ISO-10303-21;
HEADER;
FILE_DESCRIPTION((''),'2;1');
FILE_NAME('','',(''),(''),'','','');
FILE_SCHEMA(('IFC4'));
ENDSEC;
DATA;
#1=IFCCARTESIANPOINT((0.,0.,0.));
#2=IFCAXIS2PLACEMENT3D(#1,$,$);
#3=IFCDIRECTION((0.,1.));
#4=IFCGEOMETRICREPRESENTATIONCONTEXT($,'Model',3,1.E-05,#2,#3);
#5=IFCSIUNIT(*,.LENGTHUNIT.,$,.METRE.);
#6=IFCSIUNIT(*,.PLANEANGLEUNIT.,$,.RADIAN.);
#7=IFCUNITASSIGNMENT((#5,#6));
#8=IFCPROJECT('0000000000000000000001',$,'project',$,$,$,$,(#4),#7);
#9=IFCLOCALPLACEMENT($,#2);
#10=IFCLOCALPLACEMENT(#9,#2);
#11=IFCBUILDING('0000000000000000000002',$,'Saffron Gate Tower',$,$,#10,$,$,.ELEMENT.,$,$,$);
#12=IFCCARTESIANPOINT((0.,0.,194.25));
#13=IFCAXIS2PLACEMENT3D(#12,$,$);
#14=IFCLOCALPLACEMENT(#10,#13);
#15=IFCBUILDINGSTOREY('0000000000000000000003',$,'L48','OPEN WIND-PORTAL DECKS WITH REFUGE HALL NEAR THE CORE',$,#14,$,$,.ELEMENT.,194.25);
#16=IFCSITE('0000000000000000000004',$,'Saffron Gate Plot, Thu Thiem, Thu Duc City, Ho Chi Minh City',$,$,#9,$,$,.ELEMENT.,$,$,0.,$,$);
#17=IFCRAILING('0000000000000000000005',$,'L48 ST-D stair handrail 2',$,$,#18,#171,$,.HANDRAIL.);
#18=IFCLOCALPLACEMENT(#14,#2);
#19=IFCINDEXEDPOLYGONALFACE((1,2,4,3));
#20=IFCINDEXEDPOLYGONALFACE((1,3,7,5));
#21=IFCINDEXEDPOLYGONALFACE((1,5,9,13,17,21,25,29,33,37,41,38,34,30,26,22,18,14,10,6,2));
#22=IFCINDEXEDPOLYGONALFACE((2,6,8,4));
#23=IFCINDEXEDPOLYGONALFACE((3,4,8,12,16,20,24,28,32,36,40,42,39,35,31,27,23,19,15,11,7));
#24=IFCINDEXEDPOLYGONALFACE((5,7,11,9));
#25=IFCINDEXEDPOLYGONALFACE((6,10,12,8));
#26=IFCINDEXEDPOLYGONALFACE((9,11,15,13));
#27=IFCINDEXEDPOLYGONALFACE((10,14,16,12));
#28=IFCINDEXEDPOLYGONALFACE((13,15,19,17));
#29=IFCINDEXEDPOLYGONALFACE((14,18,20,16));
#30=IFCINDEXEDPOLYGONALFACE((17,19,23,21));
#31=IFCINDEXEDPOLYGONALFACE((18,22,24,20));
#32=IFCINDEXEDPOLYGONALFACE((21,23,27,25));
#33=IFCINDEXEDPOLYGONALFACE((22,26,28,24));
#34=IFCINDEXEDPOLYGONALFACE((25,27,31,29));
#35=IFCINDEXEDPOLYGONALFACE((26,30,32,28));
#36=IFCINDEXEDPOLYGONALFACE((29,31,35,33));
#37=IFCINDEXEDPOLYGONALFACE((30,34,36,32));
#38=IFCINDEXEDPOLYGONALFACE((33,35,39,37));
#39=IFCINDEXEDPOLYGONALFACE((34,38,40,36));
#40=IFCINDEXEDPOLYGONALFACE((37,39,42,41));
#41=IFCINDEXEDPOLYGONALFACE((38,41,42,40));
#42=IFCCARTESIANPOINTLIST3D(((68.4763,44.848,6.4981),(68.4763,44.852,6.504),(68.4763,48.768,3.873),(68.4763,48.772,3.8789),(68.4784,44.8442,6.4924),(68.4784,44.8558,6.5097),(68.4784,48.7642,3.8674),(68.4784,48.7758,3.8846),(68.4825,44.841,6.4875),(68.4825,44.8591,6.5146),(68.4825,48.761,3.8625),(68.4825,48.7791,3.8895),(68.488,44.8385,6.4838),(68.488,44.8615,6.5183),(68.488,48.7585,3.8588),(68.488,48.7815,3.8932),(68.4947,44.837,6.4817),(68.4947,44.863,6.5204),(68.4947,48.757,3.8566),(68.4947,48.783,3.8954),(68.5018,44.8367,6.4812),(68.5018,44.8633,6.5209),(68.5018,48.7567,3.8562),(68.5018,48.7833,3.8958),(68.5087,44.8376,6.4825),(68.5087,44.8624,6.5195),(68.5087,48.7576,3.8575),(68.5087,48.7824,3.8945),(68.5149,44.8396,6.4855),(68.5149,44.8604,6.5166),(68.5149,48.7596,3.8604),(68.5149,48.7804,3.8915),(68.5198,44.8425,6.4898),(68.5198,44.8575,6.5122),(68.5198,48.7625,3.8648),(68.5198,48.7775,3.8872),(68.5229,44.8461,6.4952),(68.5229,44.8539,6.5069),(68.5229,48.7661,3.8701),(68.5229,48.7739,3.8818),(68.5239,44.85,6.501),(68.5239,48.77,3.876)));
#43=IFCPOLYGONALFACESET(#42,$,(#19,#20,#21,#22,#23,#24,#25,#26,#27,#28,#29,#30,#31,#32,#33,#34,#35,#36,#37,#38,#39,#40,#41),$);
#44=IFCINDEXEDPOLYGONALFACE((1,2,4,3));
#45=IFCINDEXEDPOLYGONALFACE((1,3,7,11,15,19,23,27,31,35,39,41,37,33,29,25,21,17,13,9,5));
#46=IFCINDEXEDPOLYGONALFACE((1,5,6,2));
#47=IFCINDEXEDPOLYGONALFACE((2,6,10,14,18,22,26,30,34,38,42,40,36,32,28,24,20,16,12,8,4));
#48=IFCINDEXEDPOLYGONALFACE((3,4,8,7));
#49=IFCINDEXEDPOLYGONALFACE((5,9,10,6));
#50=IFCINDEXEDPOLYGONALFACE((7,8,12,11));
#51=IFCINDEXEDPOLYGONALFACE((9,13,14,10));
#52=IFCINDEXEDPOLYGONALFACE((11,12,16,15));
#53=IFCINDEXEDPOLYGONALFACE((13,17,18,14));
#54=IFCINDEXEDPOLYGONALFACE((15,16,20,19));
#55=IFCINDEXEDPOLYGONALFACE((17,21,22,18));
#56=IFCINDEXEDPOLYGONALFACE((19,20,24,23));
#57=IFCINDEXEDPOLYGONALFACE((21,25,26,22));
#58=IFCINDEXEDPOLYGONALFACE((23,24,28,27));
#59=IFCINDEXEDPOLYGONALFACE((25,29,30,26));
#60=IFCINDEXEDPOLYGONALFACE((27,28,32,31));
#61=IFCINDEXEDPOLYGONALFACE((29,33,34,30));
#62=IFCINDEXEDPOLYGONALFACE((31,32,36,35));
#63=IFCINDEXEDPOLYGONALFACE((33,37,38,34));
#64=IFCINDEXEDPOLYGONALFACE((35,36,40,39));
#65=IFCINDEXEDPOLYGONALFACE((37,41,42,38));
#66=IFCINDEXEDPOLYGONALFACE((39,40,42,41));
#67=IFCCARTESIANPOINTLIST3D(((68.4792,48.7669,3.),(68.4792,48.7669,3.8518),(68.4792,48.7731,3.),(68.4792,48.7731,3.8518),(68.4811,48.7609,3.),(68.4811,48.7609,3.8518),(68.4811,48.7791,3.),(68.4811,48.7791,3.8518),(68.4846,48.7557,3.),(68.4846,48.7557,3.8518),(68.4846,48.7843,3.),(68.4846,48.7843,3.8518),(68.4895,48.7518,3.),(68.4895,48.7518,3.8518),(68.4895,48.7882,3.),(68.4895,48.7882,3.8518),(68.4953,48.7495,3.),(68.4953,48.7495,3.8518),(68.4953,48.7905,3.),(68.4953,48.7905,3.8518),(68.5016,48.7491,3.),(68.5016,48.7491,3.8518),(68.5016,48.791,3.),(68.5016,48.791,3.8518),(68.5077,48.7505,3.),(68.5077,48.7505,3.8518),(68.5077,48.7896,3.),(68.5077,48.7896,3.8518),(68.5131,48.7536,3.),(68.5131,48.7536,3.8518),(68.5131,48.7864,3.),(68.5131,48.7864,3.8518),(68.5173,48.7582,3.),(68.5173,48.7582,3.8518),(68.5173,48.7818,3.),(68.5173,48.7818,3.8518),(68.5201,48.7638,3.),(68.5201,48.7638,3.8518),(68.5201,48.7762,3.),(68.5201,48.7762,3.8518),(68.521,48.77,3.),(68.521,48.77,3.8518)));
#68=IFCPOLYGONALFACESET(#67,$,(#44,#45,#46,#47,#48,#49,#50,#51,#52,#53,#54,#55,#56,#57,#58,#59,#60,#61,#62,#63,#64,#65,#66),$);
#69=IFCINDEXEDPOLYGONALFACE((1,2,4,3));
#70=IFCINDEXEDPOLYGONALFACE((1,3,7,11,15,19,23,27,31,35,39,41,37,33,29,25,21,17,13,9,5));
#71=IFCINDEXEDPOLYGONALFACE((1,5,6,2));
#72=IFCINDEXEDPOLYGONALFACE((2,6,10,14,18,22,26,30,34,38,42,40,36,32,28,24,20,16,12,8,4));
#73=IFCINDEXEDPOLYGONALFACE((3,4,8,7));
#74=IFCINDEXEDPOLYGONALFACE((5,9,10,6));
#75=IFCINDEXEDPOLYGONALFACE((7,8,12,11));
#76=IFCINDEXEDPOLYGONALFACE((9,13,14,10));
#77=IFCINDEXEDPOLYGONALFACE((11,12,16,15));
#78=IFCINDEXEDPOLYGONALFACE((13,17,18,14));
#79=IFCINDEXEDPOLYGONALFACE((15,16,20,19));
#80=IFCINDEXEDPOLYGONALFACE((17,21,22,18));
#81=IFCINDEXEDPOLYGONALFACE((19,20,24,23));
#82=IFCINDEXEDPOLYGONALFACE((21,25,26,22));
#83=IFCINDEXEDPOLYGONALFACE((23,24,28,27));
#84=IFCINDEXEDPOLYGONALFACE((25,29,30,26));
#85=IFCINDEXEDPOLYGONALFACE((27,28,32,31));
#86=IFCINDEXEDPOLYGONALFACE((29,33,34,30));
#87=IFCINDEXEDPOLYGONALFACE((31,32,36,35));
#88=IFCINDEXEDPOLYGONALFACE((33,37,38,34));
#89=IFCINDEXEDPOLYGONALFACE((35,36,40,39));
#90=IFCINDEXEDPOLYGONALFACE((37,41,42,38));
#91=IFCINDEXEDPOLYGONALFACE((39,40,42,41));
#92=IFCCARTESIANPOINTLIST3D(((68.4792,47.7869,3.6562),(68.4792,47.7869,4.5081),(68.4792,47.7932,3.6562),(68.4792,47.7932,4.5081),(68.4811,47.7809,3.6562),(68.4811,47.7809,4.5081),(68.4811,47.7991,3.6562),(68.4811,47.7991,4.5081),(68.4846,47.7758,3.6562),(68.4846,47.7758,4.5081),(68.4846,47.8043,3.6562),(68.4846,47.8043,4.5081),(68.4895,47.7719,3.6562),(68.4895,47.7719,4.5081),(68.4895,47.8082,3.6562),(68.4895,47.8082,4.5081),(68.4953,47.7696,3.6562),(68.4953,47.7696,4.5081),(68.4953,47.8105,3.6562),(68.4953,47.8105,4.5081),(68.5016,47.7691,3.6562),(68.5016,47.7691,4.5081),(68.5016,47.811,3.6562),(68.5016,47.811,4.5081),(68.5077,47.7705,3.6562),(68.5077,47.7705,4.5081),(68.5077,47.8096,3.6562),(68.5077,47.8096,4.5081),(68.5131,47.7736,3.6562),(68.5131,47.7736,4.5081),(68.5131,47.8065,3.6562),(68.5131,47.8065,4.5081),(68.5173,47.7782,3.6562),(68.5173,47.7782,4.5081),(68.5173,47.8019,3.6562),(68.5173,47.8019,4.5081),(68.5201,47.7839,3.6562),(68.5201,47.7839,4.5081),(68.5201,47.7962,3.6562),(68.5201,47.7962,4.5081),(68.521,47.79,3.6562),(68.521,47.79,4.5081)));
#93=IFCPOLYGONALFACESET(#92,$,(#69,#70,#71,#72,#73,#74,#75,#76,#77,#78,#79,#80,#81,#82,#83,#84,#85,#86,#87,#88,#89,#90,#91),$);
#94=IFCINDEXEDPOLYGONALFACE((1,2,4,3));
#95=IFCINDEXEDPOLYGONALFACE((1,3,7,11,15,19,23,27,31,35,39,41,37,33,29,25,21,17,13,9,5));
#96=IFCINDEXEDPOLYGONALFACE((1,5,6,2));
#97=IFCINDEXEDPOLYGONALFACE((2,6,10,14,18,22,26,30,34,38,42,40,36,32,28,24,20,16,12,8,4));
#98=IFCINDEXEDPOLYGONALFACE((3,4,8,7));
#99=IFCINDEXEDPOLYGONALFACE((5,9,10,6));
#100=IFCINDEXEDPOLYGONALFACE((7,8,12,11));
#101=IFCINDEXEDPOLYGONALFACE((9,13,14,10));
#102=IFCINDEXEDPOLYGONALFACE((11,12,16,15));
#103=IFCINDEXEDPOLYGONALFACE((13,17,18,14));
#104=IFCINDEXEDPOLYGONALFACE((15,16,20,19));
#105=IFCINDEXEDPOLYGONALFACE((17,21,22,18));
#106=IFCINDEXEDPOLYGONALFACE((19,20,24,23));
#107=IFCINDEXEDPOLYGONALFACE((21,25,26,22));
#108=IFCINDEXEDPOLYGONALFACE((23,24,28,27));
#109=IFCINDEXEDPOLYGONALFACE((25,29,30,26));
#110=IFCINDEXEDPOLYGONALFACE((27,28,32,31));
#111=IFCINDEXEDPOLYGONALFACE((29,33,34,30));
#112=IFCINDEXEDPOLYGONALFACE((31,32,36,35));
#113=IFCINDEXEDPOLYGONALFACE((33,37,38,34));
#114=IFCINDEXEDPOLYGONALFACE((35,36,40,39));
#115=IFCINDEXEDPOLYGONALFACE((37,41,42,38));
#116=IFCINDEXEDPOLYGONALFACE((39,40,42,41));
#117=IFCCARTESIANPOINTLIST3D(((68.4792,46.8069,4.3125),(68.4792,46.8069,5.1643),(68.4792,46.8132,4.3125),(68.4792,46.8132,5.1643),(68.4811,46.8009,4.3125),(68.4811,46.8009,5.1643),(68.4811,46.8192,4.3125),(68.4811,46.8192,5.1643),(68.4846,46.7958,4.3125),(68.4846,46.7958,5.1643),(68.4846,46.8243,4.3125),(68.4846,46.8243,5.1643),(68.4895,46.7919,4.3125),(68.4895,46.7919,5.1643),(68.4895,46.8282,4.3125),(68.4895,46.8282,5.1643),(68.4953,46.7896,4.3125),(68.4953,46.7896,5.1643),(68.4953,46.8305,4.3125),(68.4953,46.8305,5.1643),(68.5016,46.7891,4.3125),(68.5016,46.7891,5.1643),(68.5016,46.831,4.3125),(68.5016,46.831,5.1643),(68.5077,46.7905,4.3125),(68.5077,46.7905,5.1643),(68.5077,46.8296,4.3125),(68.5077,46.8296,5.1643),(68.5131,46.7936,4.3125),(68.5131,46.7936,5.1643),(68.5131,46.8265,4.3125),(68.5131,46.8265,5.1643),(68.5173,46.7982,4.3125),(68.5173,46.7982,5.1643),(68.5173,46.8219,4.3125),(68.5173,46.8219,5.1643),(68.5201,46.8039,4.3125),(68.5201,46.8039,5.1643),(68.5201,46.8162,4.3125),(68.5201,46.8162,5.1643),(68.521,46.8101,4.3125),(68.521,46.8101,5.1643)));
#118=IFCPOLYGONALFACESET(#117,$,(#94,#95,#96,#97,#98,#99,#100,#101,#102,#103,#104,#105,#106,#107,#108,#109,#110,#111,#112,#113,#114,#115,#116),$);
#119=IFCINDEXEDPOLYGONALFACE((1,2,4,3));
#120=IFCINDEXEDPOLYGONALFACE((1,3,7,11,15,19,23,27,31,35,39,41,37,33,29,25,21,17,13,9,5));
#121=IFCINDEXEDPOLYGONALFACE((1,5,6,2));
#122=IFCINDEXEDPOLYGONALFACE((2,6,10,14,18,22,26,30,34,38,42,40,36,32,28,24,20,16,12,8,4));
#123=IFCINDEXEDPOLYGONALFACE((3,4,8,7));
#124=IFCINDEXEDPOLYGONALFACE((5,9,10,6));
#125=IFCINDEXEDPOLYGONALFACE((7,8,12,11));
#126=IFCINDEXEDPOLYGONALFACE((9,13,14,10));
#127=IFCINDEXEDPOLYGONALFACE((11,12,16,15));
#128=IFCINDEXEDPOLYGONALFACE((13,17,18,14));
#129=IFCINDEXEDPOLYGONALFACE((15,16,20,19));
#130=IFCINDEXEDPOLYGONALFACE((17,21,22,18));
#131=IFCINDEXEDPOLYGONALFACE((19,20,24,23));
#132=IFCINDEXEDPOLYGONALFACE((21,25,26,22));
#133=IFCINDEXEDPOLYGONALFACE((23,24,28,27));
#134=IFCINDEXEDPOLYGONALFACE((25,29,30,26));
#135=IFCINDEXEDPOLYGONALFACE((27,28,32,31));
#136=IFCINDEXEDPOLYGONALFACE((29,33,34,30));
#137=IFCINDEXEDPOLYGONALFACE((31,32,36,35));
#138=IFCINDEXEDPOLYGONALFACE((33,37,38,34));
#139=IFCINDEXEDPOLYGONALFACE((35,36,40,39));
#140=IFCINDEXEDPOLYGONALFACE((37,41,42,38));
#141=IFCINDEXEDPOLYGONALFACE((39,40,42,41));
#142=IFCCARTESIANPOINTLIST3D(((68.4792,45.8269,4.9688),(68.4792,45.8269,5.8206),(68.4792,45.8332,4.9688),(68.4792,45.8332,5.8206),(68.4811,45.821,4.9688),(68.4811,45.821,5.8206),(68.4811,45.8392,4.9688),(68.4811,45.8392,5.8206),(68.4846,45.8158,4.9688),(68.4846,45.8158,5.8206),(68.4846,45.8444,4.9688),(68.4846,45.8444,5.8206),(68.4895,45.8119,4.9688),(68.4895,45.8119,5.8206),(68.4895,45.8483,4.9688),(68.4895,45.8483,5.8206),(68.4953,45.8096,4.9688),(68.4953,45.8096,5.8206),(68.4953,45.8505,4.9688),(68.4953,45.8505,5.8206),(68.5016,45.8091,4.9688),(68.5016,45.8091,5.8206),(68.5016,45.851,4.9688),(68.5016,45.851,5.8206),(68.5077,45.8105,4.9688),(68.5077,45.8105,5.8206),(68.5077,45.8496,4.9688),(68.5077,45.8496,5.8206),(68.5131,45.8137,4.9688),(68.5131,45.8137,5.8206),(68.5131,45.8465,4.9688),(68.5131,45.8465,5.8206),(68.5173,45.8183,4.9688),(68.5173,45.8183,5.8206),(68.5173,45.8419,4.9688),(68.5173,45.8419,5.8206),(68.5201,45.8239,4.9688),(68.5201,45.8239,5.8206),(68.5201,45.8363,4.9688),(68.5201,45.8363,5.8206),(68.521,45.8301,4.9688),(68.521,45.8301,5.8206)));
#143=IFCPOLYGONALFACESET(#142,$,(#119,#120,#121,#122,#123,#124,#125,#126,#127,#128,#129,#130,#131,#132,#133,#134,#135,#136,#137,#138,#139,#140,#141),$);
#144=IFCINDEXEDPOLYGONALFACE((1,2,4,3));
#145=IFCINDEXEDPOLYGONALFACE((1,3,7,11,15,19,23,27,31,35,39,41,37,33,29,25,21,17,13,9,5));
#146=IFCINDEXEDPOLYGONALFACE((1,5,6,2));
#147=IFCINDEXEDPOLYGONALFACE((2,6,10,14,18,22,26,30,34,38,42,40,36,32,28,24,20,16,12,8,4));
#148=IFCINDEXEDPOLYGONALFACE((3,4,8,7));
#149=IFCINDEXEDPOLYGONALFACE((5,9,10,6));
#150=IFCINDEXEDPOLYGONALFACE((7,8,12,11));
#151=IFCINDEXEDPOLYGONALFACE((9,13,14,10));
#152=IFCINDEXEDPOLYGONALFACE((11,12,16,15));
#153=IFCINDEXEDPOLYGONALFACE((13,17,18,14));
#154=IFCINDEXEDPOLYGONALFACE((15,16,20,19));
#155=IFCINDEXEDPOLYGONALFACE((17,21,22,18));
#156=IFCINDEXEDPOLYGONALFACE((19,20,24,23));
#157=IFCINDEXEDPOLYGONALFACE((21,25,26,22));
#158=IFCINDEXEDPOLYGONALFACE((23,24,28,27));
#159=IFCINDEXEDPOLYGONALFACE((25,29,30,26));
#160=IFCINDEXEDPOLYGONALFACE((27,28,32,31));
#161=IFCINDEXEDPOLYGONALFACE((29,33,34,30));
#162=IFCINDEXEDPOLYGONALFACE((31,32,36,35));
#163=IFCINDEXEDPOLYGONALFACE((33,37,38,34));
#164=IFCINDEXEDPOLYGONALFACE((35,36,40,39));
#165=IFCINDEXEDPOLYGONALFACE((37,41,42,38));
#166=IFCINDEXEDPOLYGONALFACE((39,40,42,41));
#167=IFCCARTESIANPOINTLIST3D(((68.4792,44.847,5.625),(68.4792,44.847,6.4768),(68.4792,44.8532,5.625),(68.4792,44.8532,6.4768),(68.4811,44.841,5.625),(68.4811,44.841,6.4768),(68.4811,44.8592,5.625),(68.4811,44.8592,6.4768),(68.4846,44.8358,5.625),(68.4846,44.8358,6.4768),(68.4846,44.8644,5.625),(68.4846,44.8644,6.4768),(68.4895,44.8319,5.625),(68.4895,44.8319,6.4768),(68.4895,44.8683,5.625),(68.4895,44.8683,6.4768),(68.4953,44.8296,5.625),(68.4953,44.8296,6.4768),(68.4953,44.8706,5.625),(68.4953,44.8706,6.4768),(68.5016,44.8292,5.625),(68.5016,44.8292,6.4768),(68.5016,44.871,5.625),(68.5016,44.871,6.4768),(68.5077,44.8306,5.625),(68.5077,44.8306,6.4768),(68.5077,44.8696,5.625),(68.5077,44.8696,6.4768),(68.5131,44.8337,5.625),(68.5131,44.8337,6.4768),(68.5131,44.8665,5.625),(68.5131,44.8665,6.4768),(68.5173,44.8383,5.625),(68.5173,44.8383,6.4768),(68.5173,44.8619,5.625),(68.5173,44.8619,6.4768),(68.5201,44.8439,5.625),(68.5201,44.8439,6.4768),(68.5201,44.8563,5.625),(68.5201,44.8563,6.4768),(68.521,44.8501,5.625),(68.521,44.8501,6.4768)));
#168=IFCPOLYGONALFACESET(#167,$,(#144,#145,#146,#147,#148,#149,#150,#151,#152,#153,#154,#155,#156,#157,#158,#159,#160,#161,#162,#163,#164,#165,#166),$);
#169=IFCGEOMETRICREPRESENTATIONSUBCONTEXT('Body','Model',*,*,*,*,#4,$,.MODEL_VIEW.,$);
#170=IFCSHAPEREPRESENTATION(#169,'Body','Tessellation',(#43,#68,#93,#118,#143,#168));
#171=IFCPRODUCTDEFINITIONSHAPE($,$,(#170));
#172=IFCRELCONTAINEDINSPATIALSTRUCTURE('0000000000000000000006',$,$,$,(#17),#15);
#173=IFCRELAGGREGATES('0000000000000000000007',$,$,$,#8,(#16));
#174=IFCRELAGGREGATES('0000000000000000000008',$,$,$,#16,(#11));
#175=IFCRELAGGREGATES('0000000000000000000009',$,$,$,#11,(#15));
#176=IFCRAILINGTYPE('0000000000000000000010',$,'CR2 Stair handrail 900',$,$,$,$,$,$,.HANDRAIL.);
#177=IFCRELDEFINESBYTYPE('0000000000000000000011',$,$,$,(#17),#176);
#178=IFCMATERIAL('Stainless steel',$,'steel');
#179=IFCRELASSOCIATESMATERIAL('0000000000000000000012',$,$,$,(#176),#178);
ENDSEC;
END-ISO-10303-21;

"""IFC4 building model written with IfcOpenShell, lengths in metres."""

from ifc_helpers import new_model, si_unit, direction, frame, origin, origin_2d, place, context, subcontext, project, spatial, circle, extrude, material, type_object, element, save


model = new_model("IFC4")

# Units and contexts
model_context = context("Model", 3, precision=1e-05, world=origin(), true_north=direction((0.0, 1.0)))
body_context = subcontext(model_context, "Body", "Model", "MODEL_VIEW")
ifc_project = project(units=[si_unit("LENGTHUNIT", "METRE"), si_unit("PLANEANGLEUNIT", "RADIAN")], contexts=[model_context])

# Site, building, storey
site_placement = place(None, origin())
site = spatial("IfcSite", under=ifc_project, at=site_placement, Name="Saffron Gate Plot, Thu Thiem, Thu Duc City, Ho Chi Minh City", CompositionType="ELEMENT", RefElevation=0.0)
building_placement = place(site_placement, origin())
building = spatial("IfcBuilding", under=site, at=building_placement, Name="Saffron Gate Tower", CompositionType="ELEMENT")
storey_placement = place(building_placement, frame((0.0, 0.0, 194.25)))
storey = spatial("IfcBuildingStorey", under=building, at=storey_placement, Name="L48", Description="OPEN WIND-PORTAL DECKS WITH REFUGE HALL NEAR THE CORE", CompositionType="ELEMENT", Elevation=194.25)

# Railing
ifc_material_1 = material(Name="Stainless steel", Category="steel")
railing_type_1 = type_object("IfcRailingType", Name="CR2 Stair handrail 900", PredefinedType="HANDRAIL", material=ifc_material_1)
railing_1_placement = place(storey_placement, frame((68.5, 48.77, 3.0)))
element("IfcRailing", 1, at=railing_1_placement, inside=storey, type_object=railing_type_1, Name="L48 ST-D stair handrail 2", PredefinedType="HANDRAIL", context=body_context, shape_type="SweptSolid", body=[
    extrude(circle(Radius=0.0239, at=origin_2d()), frame((0.0, 0.0, 0.876), z_axis=(0.0, -0.830902, 0.556419), x_axis=(1.0, 0.0, 0.0)), (0.0, 0.0, 1.0), 4.7178),
    extrude(circle(Radius=0.021, at=origin_2d()), origin(), (0.0, 0.0, 1.0), 0.8518),
    extrude(circle(Radius=0.021, at=origin_2d()), frame((0.0, -0.98, 0.6562)), (0.0, 0.0, 1.0), 0.8518),
    extrude(circle(Radius=0.021, at=origin_2d()), frame((0.0, -1.96, 1.3125)), (0.0, 0.0, 1.0), 0.8518),
    extrude(circle(Radius=0.021, at=origin_2d()), frame((0.0, -2.9399, 1.9688)), (0.0, 0.0, 1.0), 0.8518),
    extrude(circle(Radius=0.021, at=origin_2d()), frame((0.0, -3.9199, 2.625)), (0.0, 0.0, 1.0), 0.8518),
])

save(model, "model.ifc")
